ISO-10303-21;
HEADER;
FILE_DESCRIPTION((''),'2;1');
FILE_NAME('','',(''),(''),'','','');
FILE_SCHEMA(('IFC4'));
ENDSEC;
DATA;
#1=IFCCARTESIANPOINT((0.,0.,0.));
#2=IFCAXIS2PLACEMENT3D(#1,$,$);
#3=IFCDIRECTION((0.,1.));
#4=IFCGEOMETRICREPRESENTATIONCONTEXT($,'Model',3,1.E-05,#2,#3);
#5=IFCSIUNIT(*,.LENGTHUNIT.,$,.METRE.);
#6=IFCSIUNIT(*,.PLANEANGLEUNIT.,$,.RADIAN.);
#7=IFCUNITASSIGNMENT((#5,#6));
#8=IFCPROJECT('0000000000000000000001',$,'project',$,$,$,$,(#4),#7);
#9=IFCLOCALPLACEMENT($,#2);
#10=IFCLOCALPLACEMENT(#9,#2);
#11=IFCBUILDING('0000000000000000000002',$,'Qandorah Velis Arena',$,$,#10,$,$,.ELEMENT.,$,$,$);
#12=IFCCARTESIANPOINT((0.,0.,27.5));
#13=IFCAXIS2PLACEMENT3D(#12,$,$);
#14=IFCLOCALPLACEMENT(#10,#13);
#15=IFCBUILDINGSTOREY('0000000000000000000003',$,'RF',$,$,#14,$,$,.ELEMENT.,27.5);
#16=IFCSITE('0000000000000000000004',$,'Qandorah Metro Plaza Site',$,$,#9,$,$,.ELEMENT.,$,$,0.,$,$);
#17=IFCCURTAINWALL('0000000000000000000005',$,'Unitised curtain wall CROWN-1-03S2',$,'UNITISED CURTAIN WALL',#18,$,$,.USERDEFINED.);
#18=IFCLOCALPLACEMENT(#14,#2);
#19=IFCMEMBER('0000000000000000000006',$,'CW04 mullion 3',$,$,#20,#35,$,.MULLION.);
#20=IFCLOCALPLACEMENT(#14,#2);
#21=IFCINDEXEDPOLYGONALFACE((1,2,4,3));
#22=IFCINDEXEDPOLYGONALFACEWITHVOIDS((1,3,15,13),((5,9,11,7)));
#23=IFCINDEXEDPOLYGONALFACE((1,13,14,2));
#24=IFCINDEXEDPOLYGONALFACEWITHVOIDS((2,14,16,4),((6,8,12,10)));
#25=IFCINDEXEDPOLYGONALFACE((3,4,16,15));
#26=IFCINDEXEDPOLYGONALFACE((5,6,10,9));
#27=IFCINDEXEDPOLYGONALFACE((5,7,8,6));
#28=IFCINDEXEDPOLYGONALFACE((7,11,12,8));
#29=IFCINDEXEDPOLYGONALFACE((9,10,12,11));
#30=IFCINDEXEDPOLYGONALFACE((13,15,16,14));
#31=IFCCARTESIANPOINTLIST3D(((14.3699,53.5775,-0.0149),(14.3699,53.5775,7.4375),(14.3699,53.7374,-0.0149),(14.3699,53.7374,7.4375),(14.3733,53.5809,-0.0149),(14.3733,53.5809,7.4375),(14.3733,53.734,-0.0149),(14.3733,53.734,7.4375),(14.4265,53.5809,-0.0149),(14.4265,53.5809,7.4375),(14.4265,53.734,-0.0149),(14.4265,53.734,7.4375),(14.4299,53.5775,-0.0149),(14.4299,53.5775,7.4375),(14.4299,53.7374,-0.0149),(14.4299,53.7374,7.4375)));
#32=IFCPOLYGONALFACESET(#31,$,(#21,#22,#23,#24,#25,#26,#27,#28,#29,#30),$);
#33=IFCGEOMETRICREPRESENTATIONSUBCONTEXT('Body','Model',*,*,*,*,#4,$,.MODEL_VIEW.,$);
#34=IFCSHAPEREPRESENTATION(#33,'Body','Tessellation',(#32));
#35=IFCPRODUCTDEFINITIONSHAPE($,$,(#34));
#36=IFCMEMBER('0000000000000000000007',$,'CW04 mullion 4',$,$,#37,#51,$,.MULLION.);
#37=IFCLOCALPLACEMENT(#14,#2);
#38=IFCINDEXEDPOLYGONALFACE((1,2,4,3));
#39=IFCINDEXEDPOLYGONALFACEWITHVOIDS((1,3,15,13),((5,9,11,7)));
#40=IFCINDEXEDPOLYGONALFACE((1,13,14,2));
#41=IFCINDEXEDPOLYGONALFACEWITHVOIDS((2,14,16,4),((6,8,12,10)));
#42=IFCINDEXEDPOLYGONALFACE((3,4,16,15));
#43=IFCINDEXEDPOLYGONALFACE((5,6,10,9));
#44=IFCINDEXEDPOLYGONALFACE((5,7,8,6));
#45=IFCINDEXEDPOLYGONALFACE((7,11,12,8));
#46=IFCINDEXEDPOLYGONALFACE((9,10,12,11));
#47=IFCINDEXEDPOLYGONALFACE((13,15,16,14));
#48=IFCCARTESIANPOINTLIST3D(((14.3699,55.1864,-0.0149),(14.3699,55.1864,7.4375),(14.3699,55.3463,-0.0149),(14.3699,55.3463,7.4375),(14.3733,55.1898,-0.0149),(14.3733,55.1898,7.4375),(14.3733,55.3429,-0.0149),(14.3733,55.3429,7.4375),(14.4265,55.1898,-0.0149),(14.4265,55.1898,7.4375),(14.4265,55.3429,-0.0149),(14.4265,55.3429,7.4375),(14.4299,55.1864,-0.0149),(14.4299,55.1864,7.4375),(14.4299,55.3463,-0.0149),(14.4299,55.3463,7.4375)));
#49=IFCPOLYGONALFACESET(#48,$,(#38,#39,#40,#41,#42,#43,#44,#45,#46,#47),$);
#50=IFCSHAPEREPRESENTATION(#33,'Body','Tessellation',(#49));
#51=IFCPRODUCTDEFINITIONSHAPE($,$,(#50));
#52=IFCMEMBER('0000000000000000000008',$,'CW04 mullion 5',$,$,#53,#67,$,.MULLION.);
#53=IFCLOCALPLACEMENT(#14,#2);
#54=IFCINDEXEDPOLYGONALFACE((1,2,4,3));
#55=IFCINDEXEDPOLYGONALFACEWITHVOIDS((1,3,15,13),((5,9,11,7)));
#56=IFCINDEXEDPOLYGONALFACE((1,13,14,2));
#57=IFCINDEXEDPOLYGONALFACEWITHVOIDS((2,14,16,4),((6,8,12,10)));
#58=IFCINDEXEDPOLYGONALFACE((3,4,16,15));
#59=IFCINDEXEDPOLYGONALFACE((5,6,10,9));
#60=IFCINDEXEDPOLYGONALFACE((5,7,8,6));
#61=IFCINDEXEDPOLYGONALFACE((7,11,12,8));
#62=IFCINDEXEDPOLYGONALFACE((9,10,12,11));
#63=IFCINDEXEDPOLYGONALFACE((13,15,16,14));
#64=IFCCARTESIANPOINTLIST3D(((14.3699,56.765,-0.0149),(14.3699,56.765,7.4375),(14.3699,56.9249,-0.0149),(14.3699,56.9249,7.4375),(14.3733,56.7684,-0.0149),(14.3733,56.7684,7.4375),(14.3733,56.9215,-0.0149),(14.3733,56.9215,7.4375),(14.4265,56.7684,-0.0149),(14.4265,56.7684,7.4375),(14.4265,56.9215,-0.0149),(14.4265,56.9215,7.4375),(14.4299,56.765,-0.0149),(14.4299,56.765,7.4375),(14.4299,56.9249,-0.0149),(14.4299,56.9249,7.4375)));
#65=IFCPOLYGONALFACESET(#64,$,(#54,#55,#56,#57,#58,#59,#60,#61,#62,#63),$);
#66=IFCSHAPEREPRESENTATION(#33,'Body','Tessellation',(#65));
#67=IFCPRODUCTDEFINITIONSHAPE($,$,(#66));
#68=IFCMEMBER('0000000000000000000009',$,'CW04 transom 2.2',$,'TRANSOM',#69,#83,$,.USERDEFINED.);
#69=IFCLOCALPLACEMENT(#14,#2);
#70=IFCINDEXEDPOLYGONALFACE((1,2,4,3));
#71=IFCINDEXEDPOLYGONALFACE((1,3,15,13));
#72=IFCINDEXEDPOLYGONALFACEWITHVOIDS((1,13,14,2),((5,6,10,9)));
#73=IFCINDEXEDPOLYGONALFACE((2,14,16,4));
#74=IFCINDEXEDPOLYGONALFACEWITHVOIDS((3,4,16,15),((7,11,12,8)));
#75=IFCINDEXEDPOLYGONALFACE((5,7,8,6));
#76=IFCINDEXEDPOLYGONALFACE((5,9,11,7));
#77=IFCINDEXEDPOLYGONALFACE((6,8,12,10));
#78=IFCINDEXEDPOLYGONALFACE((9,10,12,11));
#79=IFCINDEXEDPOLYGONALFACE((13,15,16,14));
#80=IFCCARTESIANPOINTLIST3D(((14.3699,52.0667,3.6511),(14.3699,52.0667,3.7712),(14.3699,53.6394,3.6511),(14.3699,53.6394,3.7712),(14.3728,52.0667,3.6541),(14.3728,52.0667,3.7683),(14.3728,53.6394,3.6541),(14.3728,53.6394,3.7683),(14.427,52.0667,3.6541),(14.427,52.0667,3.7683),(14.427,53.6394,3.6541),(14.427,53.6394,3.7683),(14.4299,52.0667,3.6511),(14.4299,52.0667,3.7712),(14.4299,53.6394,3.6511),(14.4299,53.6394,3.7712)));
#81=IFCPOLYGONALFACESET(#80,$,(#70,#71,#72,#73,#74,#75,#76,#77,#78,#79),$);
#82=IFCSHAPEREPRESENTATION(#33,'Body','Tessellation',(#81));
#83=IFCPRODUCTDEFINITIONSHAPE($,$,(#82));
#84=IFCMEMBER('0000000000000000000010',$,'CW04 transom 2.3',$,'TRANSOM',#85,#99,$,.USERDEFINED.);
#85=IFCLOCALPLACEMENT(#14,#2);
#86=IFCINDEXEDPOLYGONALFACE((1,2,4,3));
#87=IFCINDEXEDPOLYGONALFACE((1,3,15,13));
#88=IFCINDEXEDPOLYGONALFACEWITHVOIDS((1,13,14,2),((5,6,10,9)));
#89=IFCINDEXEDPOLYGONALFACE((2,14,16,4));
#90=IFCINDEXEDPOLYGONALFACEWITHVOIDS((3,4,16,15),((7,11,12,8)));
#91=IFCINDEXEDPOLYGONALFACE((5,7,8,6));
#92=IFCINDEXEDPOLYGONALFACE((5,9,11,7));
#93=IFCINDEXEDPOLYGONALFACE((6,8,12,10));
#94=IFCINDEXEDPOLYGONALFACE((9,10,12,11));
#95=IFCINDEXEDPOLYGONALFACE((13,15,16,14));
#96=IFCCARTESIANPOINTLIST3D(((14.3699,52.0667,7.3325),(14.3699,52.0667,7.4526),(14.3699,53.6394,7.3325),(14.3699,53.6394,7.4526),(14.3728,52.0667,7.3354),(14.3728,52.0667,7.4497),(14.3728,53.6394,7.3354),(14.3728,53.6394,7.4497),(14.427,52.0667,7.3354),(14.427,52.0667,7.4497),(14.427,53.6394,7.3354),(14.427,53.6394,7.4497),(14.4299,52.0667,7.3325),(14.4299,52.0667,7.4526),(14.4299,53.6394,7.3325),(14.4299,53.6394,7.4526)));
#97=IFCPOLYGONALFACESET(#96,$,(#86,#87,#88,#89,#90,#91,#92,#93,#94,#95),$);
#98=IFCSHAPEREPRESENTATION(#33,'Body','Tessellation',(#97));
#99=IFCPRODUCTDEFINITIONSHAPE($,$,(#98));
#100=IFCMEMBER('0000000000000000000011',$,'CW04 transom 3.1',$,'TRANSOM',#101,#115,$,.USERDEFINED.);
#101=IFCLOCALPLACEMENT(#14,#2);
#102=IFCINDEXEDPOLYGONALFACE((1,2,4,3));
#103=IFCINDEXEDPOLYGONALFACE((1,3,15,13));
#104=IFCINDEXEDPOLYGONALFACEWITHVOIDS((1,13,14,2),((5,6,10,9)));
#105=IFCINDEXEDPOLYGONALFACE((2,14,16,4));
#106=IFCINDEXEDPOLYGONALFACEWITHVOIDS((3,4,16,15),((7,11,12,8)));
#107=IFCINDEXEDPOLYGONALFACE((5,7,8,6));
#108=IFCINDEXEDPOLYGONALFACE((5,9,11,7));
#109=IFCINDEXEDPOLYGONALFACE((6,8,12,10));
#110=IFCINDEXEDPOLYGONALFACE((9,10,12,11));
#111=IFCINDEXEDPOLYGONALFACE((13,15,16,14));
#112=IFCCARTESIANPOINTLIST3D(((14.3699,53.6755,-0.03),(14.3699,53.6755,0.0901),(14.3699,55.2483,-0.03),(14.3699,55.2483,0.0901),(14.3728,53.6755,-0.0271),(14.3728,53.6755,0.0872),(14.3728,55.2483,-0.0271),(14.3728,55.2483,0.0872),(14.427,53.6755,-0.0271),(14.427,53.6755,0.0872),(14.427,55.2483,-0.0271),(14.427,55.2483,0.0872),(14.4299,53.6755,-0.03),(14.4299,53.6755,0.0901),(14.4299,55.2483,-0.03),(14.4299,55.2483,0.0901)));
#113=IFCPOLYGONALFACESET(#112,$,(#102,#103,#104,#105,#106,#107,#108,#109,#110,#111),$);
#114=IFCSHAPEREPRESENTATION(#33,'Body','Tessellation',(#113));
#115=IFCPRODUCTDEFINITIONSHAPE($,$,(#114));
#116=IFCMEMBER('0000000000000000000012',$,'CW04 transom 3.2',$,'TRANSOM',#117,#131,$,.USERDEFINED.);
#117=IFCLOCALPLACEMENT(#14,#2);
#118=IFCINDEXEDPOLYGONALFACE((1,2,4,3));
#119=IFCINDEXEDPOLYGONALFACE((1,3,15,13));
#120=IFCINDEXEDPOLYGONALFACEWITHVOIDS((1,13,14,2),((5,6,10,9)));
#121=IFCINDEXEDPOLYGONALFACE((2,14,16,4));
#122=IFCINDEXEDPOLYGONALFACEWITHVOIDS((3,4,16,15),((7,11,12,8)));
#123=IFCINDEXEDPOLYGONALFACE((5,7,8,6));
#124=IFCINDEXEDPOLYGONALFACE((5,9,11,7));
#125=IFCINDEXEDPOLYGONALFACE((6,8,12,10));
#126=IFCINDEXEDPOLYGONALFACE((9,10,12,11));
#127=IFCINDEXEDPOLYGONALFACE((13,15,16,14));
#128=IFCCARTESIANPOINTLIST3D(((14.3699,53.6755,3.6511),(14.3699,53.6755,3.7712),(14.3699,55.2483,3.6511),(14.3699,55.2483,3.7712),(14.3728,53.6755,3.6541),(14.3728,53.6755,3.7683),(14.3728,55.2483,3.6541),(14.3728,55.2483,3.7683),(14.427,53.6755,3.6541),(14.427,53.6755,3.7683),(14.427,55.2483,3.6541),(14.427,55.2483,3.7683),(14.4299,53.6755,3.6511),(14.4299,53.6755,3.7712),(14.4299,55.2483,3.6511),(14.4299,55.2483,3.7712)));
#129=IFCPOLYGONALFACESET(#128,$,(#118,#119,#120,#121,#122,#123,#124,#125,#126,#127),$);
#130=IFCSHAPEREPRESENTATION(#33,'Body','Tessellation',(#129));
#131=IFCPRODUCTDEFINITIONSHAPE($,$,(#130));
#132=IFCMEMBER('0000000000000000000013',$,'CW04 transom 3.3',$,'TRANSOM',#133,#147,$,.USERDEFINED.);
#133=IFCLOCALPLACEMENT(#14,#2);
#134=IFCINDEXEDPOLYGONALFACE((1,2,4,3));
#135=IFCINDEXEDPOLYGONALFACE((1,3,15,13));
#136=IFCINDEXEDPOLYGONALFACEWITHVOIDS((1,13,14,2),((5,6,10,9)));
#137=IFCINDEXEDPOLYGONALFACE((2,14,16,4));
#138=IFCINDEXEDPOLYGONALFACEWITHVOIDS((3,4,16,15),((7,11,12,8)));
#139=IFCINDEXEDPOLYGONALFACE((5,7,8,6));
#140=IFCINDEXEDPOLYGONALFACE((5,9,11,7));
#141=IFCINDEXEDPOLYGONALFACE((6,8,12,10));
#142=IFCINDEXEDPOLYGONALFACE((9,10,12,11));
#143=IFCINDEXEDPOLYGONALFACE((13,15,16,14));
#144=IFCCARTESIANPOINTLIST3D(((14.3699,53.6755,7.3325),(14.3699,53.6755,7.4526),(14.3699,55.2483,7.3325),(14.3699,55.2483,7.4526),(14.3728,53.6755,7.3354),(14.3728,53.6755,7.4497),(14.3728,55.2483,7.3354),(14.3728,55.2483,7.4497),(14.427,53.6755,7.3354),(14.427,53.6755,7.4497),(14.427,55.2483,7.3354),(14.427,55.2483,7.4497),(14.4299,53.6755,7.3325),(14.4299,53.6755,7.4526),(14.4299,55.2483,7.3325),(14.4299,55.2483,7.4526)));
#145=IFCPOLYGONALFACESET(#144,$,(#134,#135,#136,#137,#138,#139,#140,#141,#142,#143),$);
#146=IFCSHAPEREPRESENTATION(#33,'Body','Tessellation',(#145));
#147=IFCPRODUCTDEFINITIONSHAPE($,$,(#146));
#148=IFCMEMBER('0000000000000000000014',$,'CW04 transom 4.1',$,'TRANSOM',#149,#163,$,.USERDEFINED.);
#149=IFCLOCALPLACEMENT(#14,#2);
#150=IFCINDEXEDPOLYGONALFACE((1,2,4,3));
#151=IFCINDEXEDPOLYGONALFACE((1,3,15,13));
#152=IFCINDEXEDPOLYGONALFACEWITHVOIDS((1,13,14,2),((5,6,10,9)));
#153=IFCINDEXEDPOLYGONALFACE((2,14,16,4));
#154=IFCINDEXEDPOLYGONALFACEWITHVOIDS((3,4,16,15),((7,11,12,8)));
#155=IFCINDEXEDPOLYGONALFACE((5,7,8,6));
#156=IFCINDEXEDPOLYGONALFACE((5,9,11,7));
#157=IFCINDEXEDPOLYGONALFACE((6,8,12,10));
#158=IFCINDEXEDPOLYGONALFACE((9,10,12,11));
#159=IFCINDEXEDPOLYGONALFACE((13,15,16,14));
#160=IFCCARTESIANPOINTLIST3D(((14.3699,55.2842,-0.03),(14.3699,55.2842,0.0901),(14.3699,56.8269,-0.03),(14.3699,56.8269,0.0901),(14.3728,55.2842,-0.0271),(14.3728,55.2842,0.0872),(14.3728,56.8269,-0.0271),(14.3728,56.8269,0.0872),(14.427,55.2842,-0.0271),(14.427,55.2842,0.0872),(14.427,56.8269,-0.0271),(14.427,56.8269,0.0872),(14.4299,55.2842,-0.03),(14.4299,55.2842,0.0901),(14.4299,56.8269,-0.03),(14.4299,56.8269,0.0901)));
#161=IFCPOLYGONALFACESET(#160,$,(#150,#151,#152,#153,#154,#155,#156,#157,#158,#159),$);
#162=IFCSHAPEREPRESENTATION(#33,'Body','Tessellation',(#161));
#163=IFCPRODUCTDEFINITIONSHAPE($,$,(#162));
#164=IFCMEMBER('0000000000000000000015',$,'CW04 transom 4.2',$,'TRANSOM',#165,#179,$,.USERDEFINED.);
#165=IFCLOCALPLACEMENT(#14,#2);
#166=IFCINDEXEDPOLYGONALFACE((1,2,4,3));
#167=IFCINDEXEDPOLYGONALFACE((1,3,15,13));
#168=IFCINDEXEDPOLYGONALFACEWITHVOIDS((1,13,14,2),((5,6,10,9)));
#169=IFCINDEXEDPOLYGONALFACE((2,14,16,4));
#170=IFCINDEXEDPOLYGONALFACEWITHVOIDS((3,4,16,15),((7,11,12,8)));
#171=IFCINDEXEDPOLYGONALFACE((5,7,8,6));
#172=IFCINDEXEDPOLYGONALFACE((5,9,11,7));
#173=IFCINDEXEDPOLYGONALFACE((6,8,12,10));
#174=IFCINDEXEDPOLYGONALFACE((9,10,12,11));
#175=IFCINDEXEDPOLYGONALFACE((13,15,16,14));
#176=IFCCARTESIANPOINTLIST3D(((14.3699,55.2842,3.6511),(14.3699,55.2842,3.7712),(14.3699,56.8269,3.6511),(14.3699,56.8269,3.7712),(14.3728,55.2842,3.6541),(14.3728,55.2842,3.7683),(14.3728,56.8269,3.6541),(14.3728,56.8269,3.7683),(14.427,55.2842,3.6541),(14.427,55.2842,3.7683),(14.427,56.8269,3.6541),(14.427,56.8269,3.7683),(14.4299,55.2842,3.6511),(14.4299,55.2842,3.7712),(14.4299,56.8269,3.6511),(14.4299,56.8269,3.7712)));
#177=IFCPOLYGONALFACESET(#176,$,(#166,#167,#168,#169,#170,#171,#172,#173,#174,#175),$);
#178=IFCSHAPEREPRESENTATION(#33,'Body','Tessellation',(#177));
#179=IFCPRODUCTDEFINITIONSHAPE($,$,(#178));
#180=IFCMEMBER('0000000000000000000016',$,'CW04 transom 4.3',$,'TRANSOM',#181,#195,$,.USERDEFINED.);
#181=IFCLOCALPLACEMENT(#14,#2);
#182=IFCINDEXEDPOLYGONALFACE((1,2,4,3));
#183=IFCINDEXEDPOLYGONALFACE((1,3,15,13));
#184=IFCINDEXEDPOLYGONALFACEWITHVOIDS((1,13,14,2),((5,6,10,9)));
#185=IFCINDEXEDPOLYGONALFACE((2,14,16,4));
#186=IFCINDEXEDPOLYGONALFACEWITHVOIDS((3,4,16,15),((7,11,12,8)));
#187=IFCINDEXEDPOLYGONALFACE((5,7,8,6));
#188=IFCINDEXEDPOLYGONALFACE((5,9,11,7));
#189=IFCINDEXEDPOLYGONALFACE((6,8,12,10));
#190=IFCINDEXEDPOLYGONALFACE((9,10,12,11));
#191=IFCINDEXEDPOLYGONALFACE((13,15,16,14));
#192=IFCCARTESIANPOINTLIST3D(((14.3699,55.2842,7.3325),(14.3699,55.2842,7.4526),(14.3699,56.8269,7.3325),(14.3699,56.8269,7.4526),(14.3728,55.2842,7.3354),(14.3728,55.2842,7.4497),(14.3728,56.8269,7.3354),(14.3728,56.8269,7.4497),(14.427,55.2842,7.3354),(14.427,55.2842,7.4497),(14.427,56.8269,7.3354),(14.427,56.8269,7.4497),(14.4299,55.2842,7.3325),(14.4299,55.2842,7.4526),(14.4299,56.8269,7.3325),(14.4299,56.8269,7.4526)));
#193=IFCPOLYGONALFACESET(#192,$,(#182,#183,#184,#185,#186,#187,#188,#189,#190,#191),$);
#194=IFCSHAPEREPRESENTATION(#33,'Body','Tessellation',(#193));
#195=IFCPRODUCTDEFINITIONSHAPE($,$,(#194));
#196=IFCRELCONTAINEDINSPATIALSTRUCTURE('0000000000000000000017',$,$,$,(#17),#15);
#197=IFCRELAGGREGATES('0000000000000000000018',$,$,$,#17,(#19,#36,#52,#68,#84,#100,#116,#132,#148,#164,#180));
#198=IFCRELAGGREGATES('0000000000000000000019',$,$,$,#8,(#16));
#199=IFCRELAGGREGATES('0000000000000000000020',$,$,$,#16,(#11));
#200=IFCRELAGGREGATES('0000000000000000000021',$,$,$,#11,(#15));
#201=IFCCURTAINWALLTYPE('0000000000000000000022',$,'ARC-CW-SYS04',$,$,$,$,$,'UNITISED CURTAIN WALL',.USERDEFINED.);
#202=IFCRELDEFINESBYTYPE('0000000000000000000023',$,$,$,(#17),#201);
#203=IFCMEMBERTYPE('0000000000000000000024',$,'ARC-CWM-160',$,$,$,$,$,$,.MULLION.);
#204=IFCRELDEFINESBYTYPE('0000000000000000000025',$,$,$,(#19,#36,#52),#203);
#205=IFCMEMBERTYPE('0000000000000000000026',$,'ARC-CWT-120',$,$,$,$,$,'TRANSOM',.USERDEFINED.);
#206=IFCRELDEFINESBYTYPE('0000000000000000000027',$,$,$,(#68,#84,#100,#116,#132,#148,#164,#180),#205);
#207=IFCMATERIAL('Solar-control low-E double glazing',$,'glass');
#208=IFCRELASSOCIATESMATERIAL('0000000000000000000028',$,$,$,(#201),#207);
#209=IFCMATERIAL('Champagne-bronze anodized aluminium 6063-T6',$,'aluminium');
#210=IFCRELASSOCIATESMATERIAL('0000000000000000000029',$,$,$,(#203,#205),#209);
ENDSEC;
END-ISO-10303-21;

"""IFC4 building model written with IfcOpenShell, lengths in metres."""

from ifc_helpers import new_model, si_unit, direction, frame, origin, origin_2d, place, context, subcontext, project, spatial, hollow_rectangle, extrude, material, material_profile, profile_set, type_object, element, aggregate, save


model = new_model("IFC4")

# Units and contexts
model_context = context("Model", 3, precision=1e-05, world=origin(), true_north=direction((0.0, 1.0)))
body_context = subcontext(model_context, "Body", "Model", "MODEL_VIEW")
ifc_project = project(units=[si_unit("LENGTHUNIT", "METRE"), si_unit("PLANEANGLEUNIT", "RADIAN")], contexts=[model_context])

# Site, building, storey
site_placement = place(None, origin())
site = spatial("IfcSite", under=ifc_project, at=site_placement, Name="Qandorah Metro Plaza Site", CompositionType="ELEMENT", RefElevation=0.0)
building_placement = place(site_placement, origin())
building = spatial("IfcBuilding", under=site, at=building_placement, Name="Qandorah Velis Arena", CompositionType="ELEMENT")
storey_placement = place(building_placement, frame((0.0, 0.0, 27.5)))
storey = spatial("IfcBuildingStorey", under=building, at=storey_placement, Name="RF", CompositionType="ELEMENT", Elevation=27.5)

# Curtain wall, members
ifc_material_1 = material(Name="Solar-control low-E double glazing", Category="glass")
curtain_wall_type = type_object("IfcCurtainWallType", Name="ARC-CW-SYS04", ElementType="UNITISED CURTAIN WALL", PredefinedType="USERDEFINED", material=ifc_material_1)
curtain_wall_placement = place(storey_placement, origin())
curtain_wall = element("IfcCurtainWall", 1, at=curtain_wall_placement, inside=storey, type_object=curtain_wall_type, Name="Unitised curtain wall CROWN-1-03S2", ObjectType="UNITISED CURTAIN WALL", PredefinedType="USERDEFINED")
ifc_material_2 = material(Name="Champagne-bronze anodized aluminium 6063-T6", Category="aluminium")
ifc_material_profile_1 = material_profile(ifc_material_2, hollow_rectangle(XDim=0.0601, YDim=0.1599, WallThickness=0.0034, at=origin_2d()), Name="ALU MULLION 60x160")
ifc_profile_set_1 = profile_set([ifc_material_profile_1], Name="Champagne-bronze anodized aluminium 6063-T6")
member_type_1 = type_object("IfcMemberType", Name="ARC-CWM-160", PredefinedType="MULLION", material=ifc_profile_set_1)
member_1_placement = place(storey_placement, frame((14.3999, 53.6575, -0.0149), z_axis=(0.0, 0.0, 1.0), x_axis=(-1.0, 0.0, 0.0)))
member_1 = element("IfcMember", 2, at=member_1_placement, type_object=member_type_1, Name="CW04 mullion 3", PredefinedType="MULLION", context=body_context, shape_type="SweptSolid", body=[
    extrude(hollow_rectangle(XDim=0.0601, YDim=0.1599, WallThickness=0.0034, at=origin_2d()), origin(), (0.0, 0.0, 1.0), 7.4524),
])
member_2_placement = place(storey_placement, frame((14.3999, 55.2664, -0.0149), z_axis=(0.0, 0.0, 1.0), x_axis=(-1.0, 0.0, 0.0)))
member_2 = element("IfcMember", 3, at=member_2_placement, type_object=member_type_1, Name="CW04 mullion 4", PredefinedType="MULLION", context=body_context, shape_type="SweptSolid", body=[
    extrude(hollow_rectangle(XDim=0.0601, YDim=0.1599, WallThickness=0.0034, at=origin_2d()), origin(), (0.0, 0.0, 1.0), 7.4524),
])
member_3_placement = place(storey_placement, frame((14.3999, 56.845, -0.0149), z_axis=(0.0, 0.0, 1.0), x_axis=(-1.0, 0.0, 0.0)))
member_3 = element("IfcMember", 4, at=member_3_placement, type_object=member_type_1, Name="CW04 mullion 5", PredefinedType="MULLION", context=body_context, shape_type="SweptSolid", body=[
    extrude(hollow_rectangle(XDim=0.0601, YDim=0.1599, WallThickness=0.0034, at=origin_2d()), origin(), (0.0, 0.0, 1.0), 7.4524),
])
ifc_material_profile_2 = material_profile(ifc_material_2, hollow_rectangle(XDim=0.0601, YDim=0.1201, WallThickness=0.0029, at=origin_2d()), Name="ALU TRANSOM 60x120")
ifc_profile_set_2 = profile_set([ifc_material_profile_2], Name="Champagne-bronze anodized aluminium 6063-T6")
member_type_2 = type_object("IfcMemberType", Name="ARC-CWT-120", ElementType="TRANSOM", PredefinedType="USERDEFINED", material=ifc_profile_set_2)
member_4_placement = place(storey_placement, frame((14.3999, 52.0667, 3.7112), z_axis=(0.0, 1.0, 0.0), x_axis=(-1.0, 0.0, 0.0)))
member_4 = element("IfcMember", 5, at=member_4_placement, type_object=member_type_2, Name="CW04 transom 2.2", ObjectType="TRANSOM", PredefinedType="USERDEFINED", context=body_context, shape_type="SweptSolid", body=[
    extrude(hollow_rectangle(XDim=0.0601, YDim=0.1201, WallThickness=0.0029, at=origin_2d()), origin(), (0.0, 0.0, 1.0), 1.5728),
])
member_5_placement = place(storey_placement, frame((14.3999, 52.0667, 7.3926), z_axis=(0.0, 1.0, 0.0), x_axis=(-1.0, 0.0, 0.0)))
member_5 = element("IfcMember", 6, at=member_5_placement, type_object=member_type_2, Name="CW04 transom 2.3", ObjectType="TRANSOM", PredefinedType="USERDEFINED", context=body_context, shape_type="SweptSolid", body=[
    extrude(hollow_rectangle(XDim=0.0601, YDim=0.1201, WallThickness=0.0029, at=origin_2d()), origin(), (0.0, 0.0, 1.0), 1.5728),
])
member_6_placement = place(storey_placement, frame((14.3999, 53.6755, 0.03), z_axis=(0.0, 1.0, 0.0), x_axis=(-1.0, 0.0, 0.0)))
member_6 = element("IfcMember", 7, at=member_6_placement, type_object=member_type_2, Name="CW04 transom 3.1", ObjectType="TRANSOM", PredefinedType="USERDEFINED", context=body_context, shape_type="SweptSolid", body=[
    extrude(hollow_rectangle(XDim=0.0601, YDim=0.1201, WallThickness=0.0029, at=origin_2d()), origin(), (0.0, 0.0, 1.0), 1.5728),
])
member_7_placement = place(storey_placement, frame((14.3999, 53.6755, 3.7112), z_axis=(0.0, 1.0, 0.0), x_axis=(-1.0, 0.0, 0.0)))
member_7 = element("IfcMember", 8, at=member_7_placement, type_object=member_type_2, Name="CW04 transom 3.2", ObjectType="TRANSOM", PredefinedType="USERDEFINED", context=body_context, shape_type="SweptSolid", body=[
    extrude(hollow_rectangle(XDim=0.0601, YDim=0.1201, WallThickness=0.0029, at=origin_2d()), origin(), (0.0, 0.0, 1.0), 1.5728),
])
member_8_placement = place(storey_placement, frame((14.3999, 53.6755, 7.3926), z_axis=(0.0, 1.0, 0.0), x_axis=(-1.0, 0.0, 0.0)))
member_8 = element("IfcMember", 9, at=member_8_placement, type_object=member_type_2, Name="CW04 transom 3.3", ObjectType="TRANSOM", PredefinedType="USERDEFINED", context=body_context, shape_type="SweptSolid", body=[
    extrude(hollow_rectangle(XDim=0.0601, YDim=0.1201, WallThickness=0.0029, at=origin_2d()), origin(), (0.0, 0.0, 1.0), 1.5728),
])
member_9_placement = place(storey_placement, frame((14.3999, 55.2842, 0.03), z_axis=(0.0, 1.0, 0.0), x_axis=(-1.0, 0.0, 0.0)))
member_9 = element("IfcMember", 10, at=member_9_placement, type_object=member_type_2, Name="CW04 transom 4.1", ObjectType="TRANSOM", PredefinedType="USERDEFINED", context=body_context, shape_type="SweptSolid", body=[
    extrude(hollow_rectangle(XDim=0.0601, YDim=0.1201, WallThickness=0.0029, at=origin_2d()), origin(), (0.0, 0.0, 1.0), 1.5427),
])
member_10_placement = place(storey_placement, frame((14.3999, 55.2842, 3.7112), z_axis=(0.0, 1.0, 0.0), x_axis=(-1.0, 0.0, 0.0)))
member_10 = element("IfcMember", 11, at=member_10_placement, type_object=member_type_2, Name="CW04 transom 4.2", ObjectType="TRANSOM", PredefinedType="USERDEFINED", context=body_context, shape_type="SweptSolid", body=[
    extrude(hollow_rectangle(XDim=0.0601, YDim=0.1201, WallThickness=0.0029, at=origin_2d()), origin(), (0.0, 0.0, 1.0), 1.5427),
])
member_11_placement = place(storey_placement, frame((14.3999, 55.2842, 7.3926), z_axis=(0.0, 1.0, 0.0), x_axis=(-1.0, 0.0, 0.0)))
member_11 = element("IfcMember", 12, at=member_11_placement, type_object=member_type_2, Name="CW04 transom 4.3", ObjectType="TRANSOM", PredefinedType="USERDEFINED", context=body_context, shape_type="SweptSolid", body=[
    extrude(hollow_rectangle(XDim=0.0601, YDim=0.1201, WallThickness=0.0029, at=origin_2d()), origin(), (0.0, 0.0, 1.0), 1.5427),
])

aggregate(curtain_wall, [member_1, member_2, member_3, member_4, member_5, member_6, member_7, member_8, member_9, member_10, member_11])

save(model, "model.ifc")
